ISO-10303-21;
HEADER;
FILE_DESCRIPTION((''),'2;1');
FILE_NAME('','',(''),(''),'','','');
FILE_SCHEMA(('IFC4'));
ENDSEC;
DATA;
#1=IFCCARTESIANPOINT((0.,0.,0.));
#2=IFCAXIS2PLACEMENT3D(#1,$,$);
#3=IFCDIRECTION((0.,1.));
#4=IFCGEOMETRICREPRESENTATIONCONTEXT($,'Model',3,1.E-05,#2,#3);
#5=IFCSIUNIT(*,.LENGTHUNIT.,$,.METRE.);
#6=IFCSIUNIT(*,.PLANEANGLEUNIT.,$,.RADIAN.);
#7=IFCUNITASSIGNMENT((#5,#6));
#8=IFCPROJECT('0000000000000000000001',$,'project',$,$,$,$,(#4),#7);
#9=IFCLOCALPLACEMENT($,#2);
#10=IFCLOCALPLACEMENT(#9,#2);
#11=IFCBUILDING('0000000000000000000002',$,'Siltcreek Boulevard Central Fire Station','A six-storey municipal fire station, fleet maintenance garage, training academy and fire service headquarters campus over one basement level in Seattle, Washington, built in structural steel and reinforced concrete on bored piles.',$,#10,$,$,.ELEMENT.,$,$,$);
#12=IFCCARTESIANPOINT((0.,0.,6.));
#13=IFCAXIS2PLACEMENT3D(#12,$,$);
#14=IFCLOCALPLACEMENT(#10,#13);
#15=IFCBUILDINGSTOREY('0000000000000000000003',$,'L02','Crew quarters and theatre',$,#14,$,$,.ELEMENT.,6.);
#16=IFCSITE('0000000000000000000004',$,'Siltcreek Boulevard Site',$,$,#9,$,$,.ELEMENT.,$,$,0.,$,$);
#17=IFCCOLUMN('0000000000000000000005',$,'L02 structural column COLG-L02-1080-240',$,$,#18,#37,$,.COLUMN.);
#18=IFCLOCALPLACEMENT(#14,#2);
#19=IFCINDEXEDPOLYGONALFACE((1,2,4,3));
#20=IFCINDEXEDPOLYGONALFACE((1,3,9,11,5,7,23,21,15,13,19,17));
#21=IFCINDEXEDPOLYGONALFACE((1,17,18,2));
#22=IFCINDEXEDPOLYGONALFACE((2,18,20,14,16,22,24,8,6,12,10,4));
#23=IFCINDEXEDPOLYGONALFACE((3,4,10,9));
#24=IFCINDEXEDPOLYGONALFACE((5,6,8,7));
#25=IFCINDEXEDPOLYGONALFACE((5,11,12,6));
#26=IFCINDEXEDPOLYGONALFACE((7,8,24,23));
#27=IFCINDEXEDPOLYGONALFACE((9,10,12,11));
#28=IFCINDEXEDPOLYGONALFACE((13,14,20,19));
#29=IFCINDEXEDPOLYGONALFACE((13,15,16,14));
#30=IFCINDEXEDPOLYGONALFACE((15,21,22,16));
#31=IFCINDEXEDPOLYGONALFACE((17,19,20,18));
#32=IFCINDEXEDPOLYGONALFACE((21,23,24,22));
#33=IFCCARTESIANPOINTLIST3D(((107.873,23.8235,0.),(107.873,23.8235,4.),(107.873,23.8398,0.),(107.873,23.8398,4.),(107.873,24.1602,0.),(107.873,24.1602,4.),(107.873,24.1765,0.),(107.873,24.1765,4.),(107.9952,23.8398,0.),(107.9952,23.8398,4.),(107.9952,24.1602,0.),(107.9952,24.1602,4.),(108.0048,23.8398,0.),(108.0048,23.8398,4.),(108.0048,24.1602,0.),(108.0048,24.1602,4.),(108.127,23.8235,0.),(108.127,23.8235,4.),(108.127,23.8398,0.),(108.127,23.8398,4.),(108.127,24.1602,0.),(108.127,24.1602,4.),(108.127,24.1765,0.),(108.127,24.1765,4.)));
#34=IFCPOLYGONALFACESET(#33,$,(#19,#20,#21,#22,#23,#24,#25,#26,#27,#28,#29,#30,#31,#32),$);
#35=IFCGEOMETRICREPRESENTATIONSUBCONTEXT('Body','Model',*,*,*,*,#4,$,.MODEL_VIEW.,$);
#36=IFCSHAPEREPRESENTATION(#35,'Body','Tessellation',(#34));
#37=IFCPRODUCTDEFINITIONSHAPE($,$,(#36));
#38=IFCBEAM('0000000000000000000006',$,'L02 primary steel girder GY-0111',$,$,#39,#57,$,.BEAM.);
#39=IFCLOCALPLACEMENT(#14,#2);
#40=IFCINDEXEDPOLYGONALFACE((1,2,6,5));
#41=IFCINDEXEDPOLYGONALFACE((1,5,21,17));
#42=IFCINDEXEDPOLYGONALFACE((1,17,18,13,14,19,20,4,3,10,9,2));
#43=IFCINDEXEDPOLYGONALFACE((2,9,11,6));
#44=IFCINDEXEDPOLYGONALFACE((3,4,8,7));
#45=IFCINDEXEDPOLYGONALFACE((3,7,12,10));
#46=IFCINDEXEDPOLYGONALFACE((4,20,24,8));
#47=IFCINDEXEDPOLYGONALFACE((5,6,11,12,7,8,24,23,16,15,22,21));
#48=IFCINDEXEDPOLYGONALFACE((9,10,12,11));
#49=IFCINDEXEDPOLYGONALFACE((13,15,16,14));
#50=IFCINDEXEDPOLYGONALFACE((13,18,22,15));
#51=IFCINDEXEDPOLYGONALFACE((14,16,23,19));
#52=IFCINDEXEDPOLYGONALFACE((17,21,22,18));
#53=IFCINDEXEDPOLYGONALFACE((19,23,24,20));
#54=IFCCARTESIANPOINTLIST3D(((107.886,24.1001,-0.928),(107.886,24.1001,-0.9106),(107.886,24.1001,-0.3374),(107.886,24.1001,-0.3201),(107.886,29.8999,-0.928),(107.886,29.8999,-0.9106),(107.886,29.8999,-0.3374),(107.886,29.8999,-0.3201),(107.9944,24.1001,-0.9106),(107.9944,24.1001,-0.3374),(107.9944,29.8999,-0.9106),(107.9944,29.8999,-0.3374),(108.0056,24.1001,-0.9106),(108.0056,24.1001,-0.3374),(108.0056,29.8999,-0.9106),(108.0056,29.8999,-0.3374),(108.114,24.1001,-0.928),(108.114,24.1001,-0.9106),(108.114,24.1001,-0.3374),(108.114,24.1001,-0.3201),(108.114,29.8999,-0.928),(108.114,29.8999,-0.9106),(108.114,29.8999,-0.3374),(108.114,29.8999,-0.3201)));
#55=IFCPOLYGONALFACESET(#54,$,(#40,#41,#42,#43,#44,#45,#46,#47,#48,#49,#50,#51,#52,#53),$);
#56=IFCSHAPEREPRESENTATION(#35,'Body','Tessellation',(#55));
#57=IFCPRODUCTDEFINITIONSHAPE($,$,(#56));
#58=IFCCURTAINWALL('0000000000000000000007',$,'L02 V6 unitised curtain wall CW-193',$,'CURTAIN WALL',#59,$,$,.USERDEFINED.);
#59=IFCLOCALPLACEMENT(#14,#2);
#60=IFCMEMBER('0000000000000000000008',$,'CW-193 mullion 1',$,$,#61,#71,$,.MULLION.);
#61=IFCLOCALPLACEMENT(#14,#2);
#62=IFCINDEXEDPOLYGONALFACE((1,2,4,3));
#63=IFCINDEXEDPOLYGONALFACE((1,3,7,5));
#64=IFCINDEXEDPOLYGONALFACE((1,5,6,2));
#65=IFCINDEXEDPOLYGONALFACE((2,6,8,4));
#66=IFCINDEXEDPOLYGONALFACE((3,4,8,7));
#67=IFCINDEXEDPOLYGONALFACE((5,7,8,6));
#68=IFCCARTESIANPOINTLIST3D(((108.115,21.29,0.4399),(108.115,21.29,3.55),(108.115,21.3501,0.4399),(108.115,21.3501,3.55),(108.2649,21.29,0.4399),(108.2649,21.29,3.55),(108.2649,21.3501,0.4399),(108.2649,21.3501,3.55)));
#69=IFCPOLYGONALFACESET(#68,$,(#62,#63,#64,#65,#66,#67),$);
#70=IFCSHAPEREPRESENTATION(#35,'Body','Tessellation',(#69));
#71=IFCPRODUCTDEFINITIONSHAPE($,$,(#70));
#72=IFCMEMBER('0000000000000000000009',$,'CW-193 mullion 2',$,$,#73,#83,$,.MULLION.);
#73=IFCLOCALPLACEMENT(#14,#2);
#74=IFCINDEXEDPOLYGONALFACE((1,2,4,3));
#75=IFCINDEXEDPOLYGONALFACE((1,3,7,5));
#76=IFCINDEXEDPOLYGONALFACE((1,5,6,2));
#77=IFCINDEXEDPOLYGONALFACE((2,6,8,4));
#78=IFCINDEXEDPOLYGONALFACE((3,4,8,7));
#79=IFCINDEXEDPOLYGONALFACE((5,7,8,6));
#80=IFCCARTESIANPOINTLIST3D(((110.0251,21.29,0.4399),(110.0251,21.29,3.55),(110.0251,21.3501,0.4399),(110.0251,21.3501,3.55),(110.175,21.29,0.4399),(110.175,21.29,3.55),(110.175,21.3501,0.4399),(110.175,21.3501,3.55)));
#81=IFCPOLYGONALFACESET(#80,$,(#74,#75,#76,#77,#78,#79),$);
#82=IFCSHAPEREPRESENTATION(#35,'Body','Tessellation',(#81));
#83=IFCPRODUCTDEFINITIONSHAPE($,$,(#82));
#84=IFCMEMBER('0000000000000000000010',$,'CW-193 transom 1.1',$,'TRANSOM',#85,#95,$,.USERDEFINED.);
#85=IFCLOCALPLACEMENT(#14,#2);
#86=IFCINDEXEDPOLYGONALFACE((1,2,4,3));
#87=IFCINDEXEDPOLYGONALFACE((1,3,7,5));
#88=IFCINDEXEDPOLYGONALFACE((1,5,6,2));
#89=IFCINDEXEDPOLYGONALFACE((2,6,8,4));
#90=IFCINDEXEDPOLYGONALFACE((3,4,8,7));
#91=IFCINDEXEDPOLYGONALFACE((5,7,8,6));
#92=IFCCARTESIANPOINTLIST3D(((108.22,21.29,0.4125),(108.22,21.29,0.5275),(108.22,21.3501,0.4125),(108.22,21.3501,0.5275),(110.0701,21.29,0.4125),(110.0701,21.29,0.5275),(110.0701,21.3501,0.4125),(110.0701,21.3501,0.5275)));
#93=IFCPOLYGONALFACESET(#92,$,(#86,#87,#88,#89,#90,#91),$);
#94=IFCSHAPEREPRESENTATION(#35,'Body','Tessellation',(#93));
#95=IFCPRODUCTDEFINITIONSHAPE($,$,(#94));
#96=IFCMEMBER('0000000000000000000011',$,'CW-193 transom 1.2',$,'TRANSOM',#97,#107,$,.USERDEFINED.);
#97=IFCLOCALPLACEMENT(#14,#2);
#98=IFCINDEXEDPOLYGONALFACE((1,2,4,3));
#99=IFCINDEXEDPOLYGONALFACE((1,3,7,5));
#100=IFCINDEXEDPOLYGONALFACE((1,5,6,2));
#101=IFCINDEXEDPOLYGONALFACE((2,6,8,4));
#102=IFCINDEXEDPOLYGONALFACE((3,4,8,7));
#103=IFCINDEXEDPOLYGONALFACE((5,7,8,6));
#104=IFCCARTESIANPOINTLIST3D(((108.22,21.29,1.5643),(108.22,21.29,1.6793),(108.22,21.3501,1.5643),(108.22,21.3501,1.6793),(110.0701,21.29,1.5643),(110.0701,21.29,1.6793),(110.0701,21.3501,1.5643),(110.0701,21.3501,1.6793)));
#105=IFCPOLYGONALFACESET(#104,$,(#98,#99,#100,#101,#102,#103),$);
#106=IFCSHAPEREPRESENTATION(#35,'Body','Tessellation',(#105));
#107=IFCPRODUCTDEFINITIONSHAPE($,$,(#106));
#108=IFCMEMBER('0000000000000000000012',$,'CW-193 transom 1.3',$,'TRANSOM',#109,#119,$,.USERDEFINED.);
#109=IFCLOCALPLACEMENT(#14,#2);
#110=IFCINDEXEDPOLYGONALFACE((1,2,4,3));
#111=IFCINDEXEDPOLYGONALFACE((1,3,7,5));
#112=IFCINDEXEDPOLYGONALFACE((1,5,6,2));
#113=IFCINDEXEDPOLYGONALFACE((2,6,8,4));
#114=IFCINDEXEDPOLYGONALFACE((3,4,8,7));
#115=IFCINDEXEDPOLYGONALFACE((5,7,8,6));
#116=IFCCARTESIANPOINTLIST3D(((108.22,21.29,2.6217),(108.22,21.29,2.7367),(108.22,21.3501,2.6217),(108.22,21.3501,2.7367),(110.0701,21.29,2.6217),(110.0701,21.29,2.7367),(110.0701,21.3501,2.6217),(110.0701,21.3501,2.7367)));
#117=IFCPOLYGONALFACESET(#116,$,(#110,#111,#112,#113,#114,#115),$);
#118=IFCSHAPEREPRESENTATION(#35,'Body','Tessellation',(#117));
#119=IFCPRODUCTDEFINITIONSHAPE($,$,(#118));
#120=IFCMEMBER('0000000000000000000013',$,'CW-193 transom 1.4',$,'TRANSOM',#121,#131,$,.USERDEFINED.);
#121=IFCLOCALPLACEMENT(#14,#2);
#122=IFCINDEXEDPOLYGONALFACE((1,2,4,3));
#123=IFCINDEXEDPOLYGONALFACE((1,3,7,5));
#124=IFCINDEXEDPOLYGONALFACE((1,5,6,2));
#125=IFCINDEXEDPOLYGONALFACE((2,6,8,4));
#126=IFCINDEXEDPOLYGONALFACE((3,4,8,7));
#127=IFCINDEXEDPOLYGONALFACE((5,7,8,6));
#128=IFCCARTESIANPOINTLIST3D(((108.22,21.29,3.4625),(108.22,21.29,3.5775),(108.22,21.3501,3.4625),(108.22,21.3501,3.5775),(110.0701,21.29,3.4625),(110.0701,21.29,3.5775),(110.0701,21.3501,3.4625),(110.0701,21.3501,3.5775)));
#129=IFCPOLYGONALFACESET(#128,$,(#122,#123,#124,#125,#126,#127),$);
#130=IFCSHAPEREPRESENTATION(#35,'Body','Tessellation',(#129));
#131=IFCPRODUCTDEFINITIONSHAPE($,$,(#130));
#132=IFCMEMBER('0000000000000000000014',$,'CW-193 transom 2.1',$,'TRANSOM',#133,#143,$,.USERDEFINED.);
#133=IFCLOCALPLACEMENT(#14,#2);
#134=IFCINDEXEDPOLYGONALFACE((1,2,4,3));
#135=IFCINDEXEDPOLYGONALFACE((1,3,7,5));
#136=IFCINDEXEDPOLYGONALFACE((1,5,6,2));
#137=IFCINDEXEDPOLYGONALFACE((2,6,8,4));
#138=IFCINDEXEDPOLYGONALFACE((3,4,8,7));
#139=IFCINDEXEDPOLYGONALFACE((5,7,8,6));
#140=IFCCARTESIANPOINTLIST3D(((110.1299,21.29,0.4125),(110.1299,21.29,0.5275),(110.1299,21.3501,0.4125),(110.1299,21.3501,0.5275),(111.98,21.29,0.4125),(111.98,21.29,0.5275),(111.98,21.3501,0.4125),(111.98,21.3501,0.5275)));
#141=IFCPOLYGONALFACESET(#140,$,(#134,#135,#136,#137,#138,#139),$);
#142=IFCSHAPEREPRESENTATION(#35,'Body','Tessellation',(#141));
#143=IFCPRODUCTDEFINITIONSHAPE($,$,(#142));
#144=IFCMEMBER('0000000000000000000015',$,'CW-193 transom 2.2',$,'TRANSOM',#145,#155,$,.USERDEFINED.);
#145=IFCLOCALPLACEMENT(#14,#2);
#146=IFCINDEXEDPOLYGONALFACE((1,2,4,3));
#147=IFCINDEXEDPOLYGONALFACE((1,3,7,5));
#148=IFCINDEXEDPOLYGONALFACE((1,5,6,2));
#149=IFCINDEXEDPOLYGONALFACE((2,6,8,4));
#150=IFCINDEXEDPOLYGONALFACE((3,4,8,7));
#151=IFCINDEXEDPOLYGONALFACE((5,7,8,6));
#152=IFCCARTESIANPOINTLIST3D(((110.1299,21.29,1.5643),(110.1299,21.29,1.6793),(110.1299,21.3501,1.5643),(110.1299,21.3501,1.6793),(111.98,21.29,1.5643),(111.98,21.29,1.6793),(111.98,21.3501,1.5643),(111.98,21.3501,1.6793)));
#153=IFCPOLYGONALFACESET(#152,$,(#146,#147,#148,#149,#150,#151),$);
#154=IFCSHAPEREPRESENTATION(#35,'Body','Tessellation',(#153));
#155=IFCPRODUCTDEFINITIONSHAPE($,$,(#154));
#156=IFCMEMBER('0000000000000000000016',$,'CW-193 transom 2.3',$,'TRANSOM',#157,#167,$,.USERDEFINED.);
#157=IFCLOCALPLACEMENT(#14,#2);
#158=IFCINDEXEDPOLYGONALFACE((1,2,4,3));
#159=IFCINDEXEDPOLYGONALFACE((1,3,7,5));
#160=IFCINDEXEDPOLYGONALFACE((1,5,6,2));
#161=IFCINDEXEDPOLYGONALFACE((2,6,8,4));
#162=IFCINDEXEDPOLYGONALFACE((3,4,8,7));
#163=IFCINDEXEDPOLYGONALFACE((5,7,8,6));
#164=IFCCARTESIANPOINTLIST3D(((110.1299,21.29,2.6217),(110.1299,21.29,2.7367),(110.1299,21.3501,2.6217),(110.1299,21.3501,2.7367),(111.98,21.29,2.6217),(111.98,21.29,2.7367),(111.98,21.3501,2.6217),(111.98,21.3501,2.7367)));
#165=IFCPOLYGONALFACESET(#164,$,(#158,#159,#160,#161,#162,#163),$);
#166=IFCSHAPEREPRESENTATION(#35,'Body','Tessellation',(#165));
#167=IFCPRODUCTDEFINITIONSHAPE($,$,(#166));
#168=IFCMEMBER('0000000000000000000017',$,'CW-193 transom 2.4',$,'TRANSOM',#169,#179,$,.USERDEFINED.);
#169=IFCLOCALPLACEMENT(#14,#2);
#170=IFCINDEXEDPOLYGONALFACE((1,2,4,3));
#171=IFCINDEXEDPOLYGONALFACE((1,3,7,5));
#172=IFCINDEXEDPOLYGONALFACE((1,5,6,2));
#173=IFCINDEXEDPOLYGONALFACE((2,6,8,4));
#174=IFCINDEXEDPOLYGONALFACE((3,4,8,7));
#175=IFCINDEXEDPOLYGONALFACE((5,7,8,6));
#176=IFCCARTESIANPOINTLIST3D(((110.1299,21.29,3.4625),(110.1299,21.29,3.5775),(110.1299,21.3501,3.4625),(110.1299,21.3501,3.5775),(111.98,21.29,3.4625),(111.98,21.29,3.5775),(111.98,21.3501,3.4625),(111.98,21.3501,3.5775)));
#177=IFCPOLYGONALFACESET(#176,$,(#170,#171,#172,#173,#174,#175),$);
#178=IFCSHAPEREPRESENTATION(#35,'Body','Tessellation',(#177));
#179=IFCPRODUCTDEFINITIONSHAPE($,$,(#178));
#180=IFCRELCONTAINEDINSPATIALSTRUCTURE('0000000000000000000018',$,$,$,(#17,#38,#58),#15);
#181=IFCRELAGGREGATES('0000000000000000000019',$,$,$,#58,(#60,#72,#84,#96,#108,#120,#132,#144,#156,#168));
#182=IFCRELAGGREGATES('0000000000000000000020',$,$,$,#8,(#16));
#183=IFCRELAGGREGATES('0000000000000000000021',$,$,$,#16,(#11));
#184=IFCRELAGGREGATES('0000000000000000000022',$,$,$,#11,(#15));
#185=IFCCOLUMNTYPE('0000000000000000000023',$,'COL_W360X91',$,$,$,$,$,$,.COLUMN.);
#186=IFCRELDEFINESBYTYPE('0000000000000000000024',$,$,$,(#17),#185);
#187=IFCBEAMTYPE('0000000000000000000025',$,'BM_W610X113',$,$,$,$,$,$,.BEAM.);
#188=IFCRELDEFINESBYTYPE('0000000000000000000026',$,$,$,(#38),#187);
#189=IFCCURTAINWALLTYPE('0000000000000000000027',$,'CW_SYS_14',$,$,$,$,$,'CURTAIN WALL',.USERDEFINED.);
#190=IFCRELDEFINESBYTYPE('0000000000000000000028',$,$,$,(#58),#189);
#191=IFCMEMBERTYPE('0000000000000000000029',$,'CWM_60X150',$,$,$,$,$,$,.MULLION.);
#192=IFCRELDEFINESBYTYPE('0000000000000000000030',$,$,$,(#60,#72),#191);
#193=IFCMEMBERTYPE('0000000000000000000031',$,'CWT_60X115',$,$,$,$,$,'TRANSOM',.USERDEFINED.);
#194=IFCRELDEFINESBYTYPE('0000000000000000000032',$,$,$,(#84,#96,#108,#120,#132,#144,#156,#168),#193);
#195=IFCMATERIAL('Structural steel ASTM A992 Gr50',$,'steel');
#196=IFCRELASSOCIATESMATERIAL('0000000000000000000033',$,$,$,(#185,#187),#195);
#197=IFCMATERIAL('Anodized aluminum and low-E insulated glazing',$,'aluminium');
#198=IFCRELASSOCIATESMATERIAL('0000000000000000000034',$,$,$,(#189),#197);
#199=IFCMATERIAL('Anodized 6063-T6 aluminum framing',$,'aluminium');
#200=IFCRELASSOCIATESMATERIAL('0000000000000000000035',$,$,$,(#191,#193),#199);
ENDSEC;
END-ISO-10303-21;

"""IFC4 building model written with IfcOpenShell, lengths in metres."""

from ifc_helpers import new_model, si_unit, direction, frame, origin, origin_2d, place, context, subcontext, project, spatial, rectangle, i_section, extrude, material, material_profile, profile_set, type_object, element, aggregate, save


model = new_model("IFC4")

# Units and contexts
model_context = context("Model", 3, precision=1e-05, world=origin(), true_north=direction((0.0, 1.0)))
body_context = subcontext(model_context, "Body", "Model", "MODEL_VIEW")
ifc_project = project(units=[si_unit("LENGTHUNIT", "METRE"), si_unit("PLANEANGLEUNIT", "RADIAN")], contexts=[model_context])

# Site, building, storey
site_placement = place(None, origin())
site = spatial("IfcSite", under=ifc_project, at=site_placement, Name="Siltcreek Boulevard Site", CompositionType="ELEMENT", RefElevation=0.0)
building_placement = place(site_placement, origin())
building = spatial("IfcBuilding", under=site, at=building_placement, Name="Siltcreek Boulevard Central Fire Station", Description="A six-storey municipal fire station, fleet maintenance garage, training academy and fire service headquarters campus over one basement level in Seattle, Washington, built in structural steel and reinforced concrete on bored piles.", CompositionType="ELEMENT")
storey_placement = place(building_placement, frame((0.0, 0.0, 6.0)))
storey = spatial("IfcBuildingStorey", under=building, at=storey_placement, Name="L02", Description="Crew quarters and theatre", CompositionType="ELEMENT", Elevation=6.0)

# Column
ifc_material_1 = material(Name="Structural steel ASTM A992 Gr50", Category="steel")
ifc_material_profile_1 = material_profile(ifc_material_1, i_section(OverallWidth=0.2539, OverallDepth=0.353, WebThickness=0.0095, FlangeThickness=0.0164, at=origin_2d()), Name="W360X91")
ifc_profile_set_1 = profile_set([ifc_material_profile_1], Name="Structural steel ASTM A992 Gr50")
column_type = type_object("IfcColumnType", Name="COL_W360X91", PredefinedType="COLUMN", material=ifc_profile_set_1)
column_placement = place(storey_placement, frame((108.0, 24.0, 0.0), z_axis=(0.0, 0.0, 1.0), x_axis=(1.0, 0.0, 0.0)))
element("IfcColumn", 1, at=column_placement, inside=storey, type_object=column_type, Name="L02 structural column COLG-L02-1080-240", PredefinedType="COLUMN", context=body_context, shape_type="SweptSolid", body=[
    extrude(i_section(OverallWidth=0.2539, OverallDepth=0.353, WebThickness=0.0095, FlangeThickness=0.0164, at=origin_2d()), origin(), (0.0, 0.0, 1.0), 4.0),
])

# Beam
ifc_material_profile_2 = material_profile(ifc_material_1, i_section(OverallWidth=0.228, OverallDepth=0.6079, WebThickness=0.0112, FlangeThickness=0.0173, at=origin_2d()), Name="W610X113")
ifc_profile_set_2 = profile_set([ifc_material_profile_2], Name="Structural steel ASTM A992 Gr50")
beam_type = type_object("IfcBeamType", Name="BM_W610X113", PredefinedType="BEAM", material=ifc_profile_set_2)
beam_placement = place(storey_placement, frame((108.0, 24.1001, -0.624), z_axis=(0.0, 1.0, 0.0), x_axis=(-1.0, 0.0, 0.0)))
element("IfcBeam", 2, at=beam_placement, inside=storey, type_object=beam_type, Name="L02 primary steel girder GY-0111", PredefinedType="BEAM", context=body_context, shape_type="SweptSolid", body=[
    extrude(i_section(OverallWidth=0.228, OverallDepth=0.6079, WebThickness=0.0112, FlangeThickness=0.0173, at=origin_2d()), origin(), (0.0, 0.0, 1.0), 5.7998),
])

# Curtain wall, members
ifc_material_2 = material(Name="Anodized aluminum and low-E insulated glazing", Category="aluminium")
curtain_wall_type = type_object("IfcCurtainWallType", Name="CW_SYS_14", ElementType="CURTAIN WALL", PredefinedType="USERDEFINED", material=ifc_material_2)
curtain_wall_placement = place(storey_placement, origin())
curtain_wall = element("IfcCurtainWall", 3, at=curtain_wall_placement, inside=storey, type_object=curtain_wall_type, Name="L02 V6 unitised curtain wall CW-193", ObjectType="CURTAIN WALL", PredefinedType="USERDEFINED")
ifc_material_3 = material(Name="Anodized 6063-T6 aluminum framing", Category="aluminium")
ifc_material_profile_3 = material_profile(ifc_material_3, rectangle(XDim=0.0601, YDim=0.1499, at=origin_2d()), Name="MULL60X150")
ifc_profile_set_3 = profile_set([ifc_material_profile_3], Name="Anodized 6063-T6 aluminum framing")
member_type_1 = type_object("IfcMemberType", Name="CWM_60X150", PredefinedType="MULLION", material=ifc_profile_set_3)
member_1_placement = place(storey_placement, frame((108.1899, 21.3201, 0.4399), z_axis=(0.0, 0.0, 1.0), x_axis=(0.0, 1.0, 0.0)))
member_1 = element("IfcMember", 4, at=member_1_placement, type_object=member_type_1, Name="CW-193 mullion 1", PredefinedType="MULLION", context=body_context, shape_type="SweptSolid", body=[
    extrude(rectangle(XDim=0.0601, YDim=0.1499, at=origin_2d()), origin(), (0.0, 0.0, 1.0), 3.1101),
])
member_2_placement = place(storey_placement, frame((110.1001, 21.3201, 0.4399), z_axis=(0.0, 0.0, 1.0), x_axis=(0.0, 1.0, 0.0)))
member_2 = element("IfcMember", 5, at=member_2_placement, type_object=member_type_1, Name="CW-193 mullion 2", PredefinedType="MULLION", context=body_context, shape_type="SweptSolid", body=[
    extrude(rectangle(XDim=0.0601, YDim=0.1499, at=origin_2d()), origin(), (0.0, 0.0, 1.0), 3.1101),
])
ifc_material_profile_4 = material_profile(ifc_material_3, rectangle(XDim=0.0601, YDim=0.115, at=origin_2d()), Name="TRAN60X115")
ifc_profile_set_4 = profile_set([ifc_material_profile_4], Name="Anodized 6063-T6 aluminum framing")
member_type_2 = type_object("IfcMemberType", Name="CWT_60X115", ElementType="TRANSOM", PredefinedType="USERDEFINED", material=ifc_profile_set_4)
member_3_placement = place(storey_placement, frame((108.22, 21.3201, 0.47), z_axis=(1.0, 0.0, 0.0), x_axis=(0.0, 1.0, 0.0)))
member_3 = element("IfcMember", 6, at=member_3_placement, type_object=member_type_2, Name="CW-193 transom 1.1", ObjectType="TRANSOM", PredefinedType="USERDEFINED", context=body_context, shape_type="SweptSolid", body=[
    extrude(rectangle(XDim=0.0601, YDim=0.115, at=origin_2d()), origin(), (0.0, 0.0, 1.0), 1.8501),
])
member_4_placement = place(storey_placement, frame((108.22, 21.3201, 1.6218), z_axis=(1.0, 0.0, 0.0), x_axis=(0.0, 1.0, 0.0)))
member_4 = element("IfcMember", 7, at=member_4_placement, type_object=member_type_2, Name="CW-193 transom 1.2", ObjectType="TRANSOM", PredefinedType="USERDEFINED", context=body_context, shape_type="SweptSolid", body=[
    extrude(rectangle(XDim=0.0601, YDim=0.115, at=origin_2d()), origin(), (0.0, 0.0, 1.0), 1.8501),
])
member_5_placement = place(storey_placement, frame((108.22, 21.3201, 2.6792), z_axis=(1.0, 0.0, 0.0), x_axis=(0.0, 1.0, 0.0)))
member_5 = element("IfcMember", 8, at=member_5_placement, type_object=member_type_2, Name="CW-193 transom 1.3", ObjectType="TRANSOM", PredefinedType="USERDEFINED", context=body_context, shape_type="SweptSolid", body=[
    extrude(rectangle(XDim=0.0601, YDim=0.115, at=origin_2d()), origin(), (0.0, 0.0, 1.0), 1.8501),
])
member_6_placement = place(storey_placement, frame((108.22, 21.3201, 3.52), z_axis=(1.0, 0.0, 0.0), x_axis=(0.0, 1.0, 0.0)))
member_6 = element("IfcMember", 9, at=member_6_placement, type_object=member_type_2, Name="CW-193 transom 1.4", ObjectType="TRANSOM", PredefinedType="USERDEFINED", context=body_context, shape_type="SweptSolid", body=[
    extrude(rectangle(XDim=0.0601, YDim=0.115, at=origin_2d()), origin(), (0.0, 0.0, 1.0), 1.8501),
])
member_7_placement = place(storey_placement, frame((110.1299, 21.3201, 0.47), z_axis=(1.0, 0.0, 0.0), x_axis=(0.0, 1.0, 0.0)))
member_7 = element("IfcMember", 10, at=member_7_placement, type_object=member_type_2, Name="CW-193 transom 2.1", ObjectType="TRANSOM", PredefinedType="USERDEFINED", context=body_context, shape_type="SweptSolid", body=[
    extrude(rectangle(XDim=0.0601, YDim=0.115, at=origin_2d()), origin(), (0.0, 0.0, 1.0), 1.8501),
])
member_8_placement = place(storey_placement, frame((110.1299, 21.3201, 1.6218), z_axis=(1.0, 0.0, 0.0), x_axis=(0.0, 1.0, 0.0)))
member_8 = element("IfcMember", 11, at=member_8_placement, type_object=member_type_2, Name="CW-193 transom 2.2", ObjectType="TRANSOM", PredefinedType="USERDEFINED", context=body_context, shape_type="SweptSolid", body=[
    extrude(rectangle(XDim=0.0601, YDim=0.115, at=origin_2d()), origin(), (0.0, 0.0, 1.0), 1.8501),
])
member_9_placement = place(storey_placement, frame((110.1299, 21.3201, 2.6792), z_axis=(1.0, 0.0, 0.0), x_axis=(0.0, 1.0, 0.0)))
member_9 = element("IfcMember", 12, at=member_9_placement, type_object=member_type_2, Name="CW-193 transom 2.3", ObjectType="TRANSOM", PredefinedType="USERDEFINED", context=body_context, shape_type="SweptSolid", body=[
    extrude(rectangle(XDim=0.0601, YDim=0.115, at=origin_2d()), origin(), (0.0, 0.0, 1.0), 1.8501),
])
member_10_placement = place(storey_placement, frame((110.1299, 21.3201, 3.52), z_axis=(1.0, 0.0, 0.0), x_axis=(0.0, 1.0, 0.0)))
member_10 = element("IfcMember", 13, at=member_10_placement, type_object=member_type_2, Name="CW-193 transom 2.4", ObjectType="TRANSOM", PredefinedType="USERDEFINED", context=body_context, shape_type="SweptSolid", body=[
    extrude(rectangle(XDim=0.0601, YDim=0.115, at=origin_2d()), origin(), (0.0, 0.0, 1.0), 1.8501),
])
aggregate(curtain_wall, [member_1, member_2, member_3, member_4, member_5, member_6, member_7, member_8, member_9, member_10])

save(model, "model.ifc")
